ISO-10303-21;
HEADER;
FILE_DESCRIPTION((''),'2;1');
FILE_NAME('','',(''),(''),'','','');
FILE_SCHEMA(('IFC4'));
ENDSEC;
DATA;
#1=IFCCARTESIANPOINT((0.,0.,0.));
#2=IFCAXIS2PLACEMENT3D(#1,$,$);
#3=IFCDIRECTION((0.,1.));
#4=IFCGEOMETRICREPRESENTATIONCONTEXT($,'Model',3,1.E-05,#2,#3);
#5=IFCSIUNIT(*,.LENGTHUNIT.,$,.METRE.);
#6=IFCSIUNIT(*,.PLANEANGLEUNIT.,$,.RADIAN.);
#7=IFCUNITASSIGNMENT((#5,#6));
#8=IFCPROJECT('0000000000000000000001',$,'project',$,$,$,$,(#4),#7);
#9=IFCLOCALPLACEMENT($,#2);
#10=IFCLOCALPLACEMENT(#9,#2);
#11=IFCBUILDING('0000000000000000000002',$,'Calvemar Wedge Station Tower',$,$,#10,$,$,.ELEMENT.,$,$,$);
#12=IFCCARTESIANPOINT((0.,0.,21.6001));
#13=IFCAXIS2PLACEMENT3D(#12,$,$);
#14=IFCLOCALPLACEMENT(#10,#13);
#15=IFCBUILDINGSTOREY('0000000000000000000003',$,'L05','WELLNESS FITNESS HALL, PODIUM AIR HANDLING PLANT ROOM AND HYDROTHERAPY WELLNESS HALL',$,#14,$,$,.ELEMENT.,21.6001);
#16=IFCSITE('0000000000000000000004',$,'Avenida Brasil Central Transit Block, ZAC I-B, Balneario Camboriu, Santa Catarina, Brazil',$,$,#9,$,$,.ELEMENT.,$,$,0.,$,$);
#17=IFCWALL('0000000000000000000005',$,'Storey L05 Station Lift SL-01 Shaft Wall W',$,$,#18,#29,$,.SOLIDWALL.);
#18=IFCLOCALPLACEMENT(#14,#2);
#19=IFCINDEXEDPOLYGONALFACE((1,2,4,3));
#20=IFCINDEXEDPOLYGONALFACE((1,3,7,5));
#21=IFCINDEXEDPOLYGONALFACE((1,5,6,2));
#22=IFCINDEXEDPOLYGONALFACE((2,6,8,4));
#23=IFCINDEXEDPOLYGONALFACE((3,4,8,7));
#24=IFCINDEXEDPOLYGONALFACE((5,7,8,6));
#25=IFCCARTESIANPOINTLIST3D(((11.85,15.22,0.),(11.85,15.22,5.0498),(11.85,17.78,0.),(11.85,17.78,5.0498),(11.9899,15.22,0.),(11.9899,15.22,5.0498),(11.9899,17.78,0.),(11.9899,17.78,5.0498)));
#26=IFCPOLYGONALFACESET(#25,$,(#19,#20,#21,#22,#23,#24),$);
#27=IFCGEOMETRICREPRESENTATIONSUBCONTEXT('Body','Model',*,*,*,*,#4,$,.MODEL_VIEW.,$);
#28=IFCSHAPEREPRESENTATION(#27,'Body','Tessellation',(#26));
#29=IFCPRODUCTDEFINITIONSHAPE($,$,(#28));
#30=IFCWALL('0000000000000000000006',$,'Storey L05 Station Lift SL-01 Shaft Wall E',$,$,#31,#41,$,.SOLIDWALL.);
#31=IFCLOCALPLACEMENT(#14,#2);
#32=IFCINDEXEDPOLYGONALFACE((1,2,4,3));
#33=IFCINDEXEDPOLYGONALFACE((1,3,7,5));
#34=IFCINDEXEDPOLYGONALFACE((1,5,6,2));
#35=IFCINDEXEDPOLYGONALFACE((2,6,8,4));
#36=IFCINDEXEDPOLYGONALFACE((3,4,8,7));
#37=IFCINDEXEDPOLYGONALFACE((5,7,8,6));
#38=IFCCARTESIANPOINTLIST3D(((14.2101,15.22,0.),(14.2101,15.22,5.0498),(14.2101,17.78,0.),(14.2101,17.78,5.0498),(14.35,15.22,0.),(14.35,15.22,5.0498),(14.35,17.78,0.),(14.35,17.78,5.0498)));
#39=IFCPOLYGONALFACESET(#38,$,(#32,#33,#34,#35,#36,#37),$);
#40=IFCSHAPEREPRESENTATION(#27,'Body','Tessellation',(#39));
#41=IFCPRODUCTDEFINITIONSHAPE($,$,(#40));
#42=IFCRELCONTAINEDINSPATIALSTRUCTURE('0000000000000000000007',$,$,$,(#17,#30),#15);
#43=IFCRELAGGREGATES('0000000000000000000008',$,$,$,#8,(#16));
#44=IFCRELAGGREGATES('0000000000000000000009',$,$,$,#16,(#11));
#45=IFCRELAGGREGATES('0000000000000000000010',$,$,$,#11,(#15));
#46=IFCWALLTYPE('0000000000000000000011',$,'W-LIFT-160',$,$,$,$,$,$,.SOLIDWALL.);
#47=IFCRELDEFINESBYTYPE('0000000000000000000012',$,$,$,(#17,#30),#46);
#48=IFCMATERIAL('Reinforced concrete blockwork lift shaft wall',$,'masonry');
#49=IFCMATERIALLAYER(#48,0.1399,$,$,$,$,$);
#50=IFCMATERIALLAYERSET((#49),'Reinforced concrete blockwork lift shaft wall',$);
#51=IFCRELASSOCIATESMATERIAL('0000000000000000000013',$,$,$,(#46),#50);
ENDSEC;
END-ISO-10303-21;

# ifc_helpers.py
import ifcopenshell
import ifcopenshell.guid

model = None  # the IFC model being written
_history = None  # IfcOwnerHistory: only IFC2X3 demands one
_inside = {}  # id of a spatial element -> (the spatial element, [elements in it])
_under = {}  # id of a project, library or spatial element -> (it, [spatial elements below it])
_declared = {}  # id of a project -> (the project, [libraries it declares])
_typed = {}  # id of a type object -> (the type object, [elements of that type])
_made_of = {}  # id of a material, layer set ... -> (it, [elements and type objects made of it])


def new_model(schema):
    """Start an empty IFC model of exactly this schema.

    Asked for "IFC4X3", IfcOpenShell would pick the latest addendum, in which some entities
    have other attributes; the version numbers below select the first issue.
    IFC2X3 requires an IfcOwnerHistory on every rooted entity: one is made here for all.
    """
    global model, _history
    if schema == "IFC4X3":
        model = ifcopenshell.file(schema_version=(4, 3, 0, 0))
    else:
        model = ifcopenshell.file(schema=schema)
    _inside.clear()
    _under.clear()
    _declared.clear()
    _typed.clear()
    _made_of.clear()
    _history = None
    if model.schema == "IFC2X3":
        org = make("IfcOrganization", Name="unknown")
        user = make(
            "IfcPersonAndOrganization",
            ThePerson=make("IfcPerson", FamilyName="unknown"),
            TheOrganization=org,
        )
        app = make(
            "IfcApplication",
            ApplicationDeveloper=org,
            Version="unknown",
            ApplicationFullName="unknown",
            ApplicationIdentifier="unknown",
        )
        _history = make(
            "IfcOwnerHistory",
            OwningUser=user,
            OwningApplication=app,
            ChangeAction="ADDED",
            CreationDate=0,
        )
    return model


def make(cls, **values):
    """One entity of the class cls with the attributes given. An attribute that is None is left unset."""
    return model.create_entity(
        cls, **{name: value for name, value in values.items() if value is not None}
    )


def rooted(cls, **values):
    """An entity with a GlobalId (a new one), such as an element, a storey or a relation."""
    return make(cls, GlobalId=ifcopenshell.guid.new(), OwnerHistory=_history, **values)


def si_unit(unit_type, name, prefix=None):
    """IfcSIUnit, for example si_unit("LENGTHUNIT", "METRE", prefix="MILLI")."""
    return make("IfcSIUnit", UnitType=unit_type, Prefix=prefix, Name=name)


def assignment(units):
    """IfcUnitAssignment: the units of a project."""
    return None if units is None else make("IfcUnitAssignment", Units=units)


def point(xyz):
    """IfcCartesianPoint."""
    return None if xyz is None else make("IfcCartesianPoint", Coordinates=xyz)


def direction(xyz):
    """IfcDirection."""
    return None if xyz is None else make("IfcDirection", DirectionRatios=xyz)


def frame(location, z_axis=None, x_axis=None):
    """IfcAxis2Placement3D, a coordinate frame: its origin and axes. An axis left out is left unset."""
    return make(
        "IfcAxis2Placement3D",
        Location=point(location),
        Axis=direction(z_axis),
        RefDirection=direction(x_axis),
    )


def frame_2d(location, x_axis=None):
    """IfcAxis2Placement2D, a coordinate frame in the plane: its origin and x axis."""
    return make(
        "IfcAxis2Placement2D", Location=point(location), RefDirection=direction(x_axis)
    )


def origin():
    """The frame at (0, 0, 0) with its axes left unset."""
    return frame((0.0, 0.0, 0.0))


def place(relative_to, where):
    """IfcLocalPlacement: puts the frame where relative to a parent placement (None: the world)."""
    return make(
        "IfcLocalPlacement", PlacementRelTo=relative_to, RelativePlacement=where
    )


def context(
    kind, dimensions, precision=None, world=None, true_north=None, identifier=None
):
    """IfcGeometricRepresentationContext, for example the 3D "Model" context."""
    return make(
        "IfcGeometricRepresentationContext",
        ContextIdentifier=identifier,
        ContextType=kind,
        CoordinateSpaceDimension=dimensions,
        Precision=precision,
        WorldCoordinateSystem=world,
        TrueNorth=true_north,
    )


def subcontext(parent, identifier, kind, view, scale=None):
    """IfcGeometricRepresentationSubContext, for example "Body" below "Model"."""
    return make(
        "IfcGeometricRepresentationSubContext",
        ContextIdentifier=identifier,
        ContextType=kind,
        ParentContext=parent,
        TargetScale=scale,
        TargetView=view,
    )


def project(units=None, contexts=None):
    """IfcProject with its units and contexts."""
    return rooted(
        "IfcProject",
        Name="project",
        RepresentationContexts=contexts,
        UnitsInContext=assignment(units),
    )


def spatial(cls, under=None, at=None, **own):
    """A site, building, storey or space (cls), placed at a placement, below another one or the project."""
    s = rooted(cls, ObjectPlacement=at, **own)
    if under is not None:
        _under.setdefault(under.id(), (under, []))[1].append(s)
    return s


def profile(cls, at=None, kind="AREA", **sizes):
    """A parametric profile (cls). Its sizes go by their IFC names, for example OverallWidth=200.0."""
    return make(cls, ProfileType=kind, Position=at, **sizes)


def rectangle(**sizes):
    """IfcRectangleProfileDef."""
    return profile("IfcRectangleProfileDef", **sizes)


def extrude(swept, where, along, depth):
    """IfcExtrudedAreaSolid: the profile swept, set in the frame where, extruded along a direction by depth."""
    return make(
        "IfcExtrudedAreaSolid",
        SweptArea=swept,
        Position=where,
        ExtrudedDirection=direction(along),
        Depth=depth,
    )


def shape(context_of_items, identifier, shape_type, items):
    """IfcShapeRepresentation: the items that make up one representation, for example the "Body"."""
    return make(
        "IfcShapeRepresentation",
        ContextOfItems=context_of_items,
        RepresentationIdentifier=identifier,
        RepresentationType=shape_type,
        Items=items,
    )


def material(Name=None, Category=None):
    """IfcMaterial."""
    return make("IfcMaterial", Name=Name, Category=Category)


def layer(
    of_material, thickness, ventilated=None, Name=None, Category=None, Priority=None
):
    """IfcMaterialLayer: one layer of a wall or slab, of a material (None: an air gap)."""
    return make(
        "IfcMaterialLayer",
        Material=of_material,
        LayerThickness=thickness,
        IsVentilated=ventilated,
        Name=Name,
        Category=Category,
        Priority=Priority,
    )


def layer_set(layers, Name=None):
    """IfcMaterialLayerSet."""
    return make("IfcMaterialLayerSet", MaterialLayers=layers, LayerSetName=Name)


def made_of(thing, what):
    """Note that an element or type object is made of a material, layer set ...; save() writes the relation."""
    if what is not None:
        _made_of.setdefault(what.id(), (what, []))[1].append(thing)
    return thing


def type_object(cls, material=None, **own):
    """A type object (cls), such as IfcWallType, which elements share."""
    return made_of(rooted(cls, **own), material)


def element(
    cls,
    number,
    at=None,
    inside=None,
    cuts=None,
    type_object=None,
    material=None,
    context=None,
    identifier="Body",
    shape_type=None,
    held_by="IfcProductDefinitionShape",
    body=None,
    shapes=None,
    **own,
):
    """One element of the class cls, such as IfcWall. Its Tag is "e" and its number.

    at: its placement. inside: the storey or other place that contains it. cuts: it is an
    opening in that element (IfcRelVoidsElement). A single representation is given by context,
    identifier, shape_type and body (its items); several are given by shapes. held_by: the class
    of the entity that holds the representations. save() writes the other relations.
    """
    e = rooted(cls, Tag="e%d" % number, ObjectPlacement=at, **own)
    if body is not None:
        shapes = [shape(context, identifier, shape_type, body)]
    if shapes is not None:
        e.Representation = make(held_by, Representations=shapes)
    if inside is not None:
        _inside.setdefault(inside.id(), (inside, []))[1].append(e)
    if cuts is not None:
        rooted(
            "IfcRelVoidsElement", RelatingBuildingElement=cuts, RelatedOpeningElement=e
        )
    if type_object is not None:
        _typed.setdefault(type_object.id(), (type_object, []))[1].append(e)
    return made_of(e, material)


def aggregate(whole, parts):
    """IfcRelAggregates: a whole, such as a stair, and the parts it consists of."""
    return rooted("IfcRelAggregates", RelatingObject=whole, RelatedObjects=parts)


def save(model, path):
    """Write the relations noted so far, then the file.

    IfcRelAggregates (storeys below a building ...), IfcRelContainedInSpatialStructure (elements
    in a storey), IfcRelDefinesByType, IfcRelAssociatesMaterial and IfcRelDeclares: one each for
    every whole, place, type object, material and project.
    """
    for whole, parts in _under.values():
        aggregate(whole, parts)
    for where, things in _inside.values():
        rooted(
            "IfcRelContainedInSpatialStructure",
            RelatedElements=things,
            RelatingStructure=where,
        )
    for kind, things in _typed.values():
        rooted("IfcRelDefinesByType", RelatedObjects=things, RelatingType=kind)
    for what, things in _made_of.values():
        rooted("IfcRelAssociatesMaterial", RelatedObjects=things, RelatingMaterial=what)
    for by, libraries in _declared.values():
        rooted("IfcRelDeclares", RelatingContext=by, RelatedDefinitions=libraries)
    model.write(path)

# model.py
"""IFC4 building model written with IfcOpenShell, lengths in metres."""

from ifc_helpers import new_model, si_unit, direction, frame, frame_2d, origin, place, context, subcontext, project, spatial, rectangle, extrude, material, layer, layer_set, type_object, element, save


model = new_model("IFC4")

# Units and contexts
model_context = context("Model", 3, precision=1e-05, world=origin(), true_north=direction((0.0, 1.0)))
body_context = subcontext(model_context, "Body", "Model", "MODEL_VIEW")
ifc_project = project(units=[si_unit("LENGTHUNIT", "METRE"), si_unit("PLANEANGLEUNIT", "RADIAN")], contexts=[model_context])

# Site, building, storey
site_placement = place(None, origin())
site = spatial("IfcSite", under=ifc_project, at=site_placement, Name="Avenida Brasil Central Transit Block, ZAC I-B, Balneario Camboriu, Santa Catarina, Brazil", CompositionType="ELEMENT", RefElevation=0.0)
building_placement = place(site_placement, origin())
building = spatial("IfcBuilding", under=site, at=building_placement, Name="Calvemar Wedge Station Tower", CompositionType="ELEMENT")
storey_placement = place(building_placement, frame((0.0, 0.0, 21.6001)))
storey = spatial("IfcBuildingStorey", under=building, at=storey_placement, Name="L05", Description="WELLNESS FITNESS HALL, PODIUM AIR HANDLING PLANT ROOM AND HYDROTHERAPY WELLNESS HALL", CompositionType="ELEMENT", Elevation=21.6001)

# Shared definitions
ifc_material_1 = material(Name="Reinforced concrete blockwork lift shaft wall", Category="masonry")
ifc_layer_1 = layer(ifc_material_1, 0.1399)
ifc_layer_set_1 = layer_set([ifc_layer_1], Name="Reinforced concrete blockwork lift shaft wall")
wall_type = type_object("IfcWallType", Name="W-LIFT-160", PredefinedType="SOLIDWALL", material=ifc_layer_set_1)

# Walls
for number, where, z_axis, x_axis, name in (
    (1, (11.9199, 15.22, 0.0), (0.0, 0.0, 1.0), (0.0, 1.0, 0.0), "Storey L05 Station Lift SL-01 Shaft Wall W"),
    (2, (14.28, 15.22, 0.0), (0.0, 0.0, 1.0), (0.0, 1.0, 0.0), "Storey L05 Station Lift SL-01 Shaft Wall E"),
):
    element("IfcWall", number, at=place(storey_placement, frame(where, z_axis=z_axis, x_axis=x_axis)), inside=storey, type_object=wall_type, Name=name, PredefinedType="SOLIDWALL", context=body_context, shape_type="SweptSolid", body=[
        extrude(rectangle(XDim=2.5601, YDim=0.1399, at=frame_2d((1.28, 0.0))), origin(), (0.0, 0.0, 1.0), 5.0498),
    ])

save(model, "model.ifc")
